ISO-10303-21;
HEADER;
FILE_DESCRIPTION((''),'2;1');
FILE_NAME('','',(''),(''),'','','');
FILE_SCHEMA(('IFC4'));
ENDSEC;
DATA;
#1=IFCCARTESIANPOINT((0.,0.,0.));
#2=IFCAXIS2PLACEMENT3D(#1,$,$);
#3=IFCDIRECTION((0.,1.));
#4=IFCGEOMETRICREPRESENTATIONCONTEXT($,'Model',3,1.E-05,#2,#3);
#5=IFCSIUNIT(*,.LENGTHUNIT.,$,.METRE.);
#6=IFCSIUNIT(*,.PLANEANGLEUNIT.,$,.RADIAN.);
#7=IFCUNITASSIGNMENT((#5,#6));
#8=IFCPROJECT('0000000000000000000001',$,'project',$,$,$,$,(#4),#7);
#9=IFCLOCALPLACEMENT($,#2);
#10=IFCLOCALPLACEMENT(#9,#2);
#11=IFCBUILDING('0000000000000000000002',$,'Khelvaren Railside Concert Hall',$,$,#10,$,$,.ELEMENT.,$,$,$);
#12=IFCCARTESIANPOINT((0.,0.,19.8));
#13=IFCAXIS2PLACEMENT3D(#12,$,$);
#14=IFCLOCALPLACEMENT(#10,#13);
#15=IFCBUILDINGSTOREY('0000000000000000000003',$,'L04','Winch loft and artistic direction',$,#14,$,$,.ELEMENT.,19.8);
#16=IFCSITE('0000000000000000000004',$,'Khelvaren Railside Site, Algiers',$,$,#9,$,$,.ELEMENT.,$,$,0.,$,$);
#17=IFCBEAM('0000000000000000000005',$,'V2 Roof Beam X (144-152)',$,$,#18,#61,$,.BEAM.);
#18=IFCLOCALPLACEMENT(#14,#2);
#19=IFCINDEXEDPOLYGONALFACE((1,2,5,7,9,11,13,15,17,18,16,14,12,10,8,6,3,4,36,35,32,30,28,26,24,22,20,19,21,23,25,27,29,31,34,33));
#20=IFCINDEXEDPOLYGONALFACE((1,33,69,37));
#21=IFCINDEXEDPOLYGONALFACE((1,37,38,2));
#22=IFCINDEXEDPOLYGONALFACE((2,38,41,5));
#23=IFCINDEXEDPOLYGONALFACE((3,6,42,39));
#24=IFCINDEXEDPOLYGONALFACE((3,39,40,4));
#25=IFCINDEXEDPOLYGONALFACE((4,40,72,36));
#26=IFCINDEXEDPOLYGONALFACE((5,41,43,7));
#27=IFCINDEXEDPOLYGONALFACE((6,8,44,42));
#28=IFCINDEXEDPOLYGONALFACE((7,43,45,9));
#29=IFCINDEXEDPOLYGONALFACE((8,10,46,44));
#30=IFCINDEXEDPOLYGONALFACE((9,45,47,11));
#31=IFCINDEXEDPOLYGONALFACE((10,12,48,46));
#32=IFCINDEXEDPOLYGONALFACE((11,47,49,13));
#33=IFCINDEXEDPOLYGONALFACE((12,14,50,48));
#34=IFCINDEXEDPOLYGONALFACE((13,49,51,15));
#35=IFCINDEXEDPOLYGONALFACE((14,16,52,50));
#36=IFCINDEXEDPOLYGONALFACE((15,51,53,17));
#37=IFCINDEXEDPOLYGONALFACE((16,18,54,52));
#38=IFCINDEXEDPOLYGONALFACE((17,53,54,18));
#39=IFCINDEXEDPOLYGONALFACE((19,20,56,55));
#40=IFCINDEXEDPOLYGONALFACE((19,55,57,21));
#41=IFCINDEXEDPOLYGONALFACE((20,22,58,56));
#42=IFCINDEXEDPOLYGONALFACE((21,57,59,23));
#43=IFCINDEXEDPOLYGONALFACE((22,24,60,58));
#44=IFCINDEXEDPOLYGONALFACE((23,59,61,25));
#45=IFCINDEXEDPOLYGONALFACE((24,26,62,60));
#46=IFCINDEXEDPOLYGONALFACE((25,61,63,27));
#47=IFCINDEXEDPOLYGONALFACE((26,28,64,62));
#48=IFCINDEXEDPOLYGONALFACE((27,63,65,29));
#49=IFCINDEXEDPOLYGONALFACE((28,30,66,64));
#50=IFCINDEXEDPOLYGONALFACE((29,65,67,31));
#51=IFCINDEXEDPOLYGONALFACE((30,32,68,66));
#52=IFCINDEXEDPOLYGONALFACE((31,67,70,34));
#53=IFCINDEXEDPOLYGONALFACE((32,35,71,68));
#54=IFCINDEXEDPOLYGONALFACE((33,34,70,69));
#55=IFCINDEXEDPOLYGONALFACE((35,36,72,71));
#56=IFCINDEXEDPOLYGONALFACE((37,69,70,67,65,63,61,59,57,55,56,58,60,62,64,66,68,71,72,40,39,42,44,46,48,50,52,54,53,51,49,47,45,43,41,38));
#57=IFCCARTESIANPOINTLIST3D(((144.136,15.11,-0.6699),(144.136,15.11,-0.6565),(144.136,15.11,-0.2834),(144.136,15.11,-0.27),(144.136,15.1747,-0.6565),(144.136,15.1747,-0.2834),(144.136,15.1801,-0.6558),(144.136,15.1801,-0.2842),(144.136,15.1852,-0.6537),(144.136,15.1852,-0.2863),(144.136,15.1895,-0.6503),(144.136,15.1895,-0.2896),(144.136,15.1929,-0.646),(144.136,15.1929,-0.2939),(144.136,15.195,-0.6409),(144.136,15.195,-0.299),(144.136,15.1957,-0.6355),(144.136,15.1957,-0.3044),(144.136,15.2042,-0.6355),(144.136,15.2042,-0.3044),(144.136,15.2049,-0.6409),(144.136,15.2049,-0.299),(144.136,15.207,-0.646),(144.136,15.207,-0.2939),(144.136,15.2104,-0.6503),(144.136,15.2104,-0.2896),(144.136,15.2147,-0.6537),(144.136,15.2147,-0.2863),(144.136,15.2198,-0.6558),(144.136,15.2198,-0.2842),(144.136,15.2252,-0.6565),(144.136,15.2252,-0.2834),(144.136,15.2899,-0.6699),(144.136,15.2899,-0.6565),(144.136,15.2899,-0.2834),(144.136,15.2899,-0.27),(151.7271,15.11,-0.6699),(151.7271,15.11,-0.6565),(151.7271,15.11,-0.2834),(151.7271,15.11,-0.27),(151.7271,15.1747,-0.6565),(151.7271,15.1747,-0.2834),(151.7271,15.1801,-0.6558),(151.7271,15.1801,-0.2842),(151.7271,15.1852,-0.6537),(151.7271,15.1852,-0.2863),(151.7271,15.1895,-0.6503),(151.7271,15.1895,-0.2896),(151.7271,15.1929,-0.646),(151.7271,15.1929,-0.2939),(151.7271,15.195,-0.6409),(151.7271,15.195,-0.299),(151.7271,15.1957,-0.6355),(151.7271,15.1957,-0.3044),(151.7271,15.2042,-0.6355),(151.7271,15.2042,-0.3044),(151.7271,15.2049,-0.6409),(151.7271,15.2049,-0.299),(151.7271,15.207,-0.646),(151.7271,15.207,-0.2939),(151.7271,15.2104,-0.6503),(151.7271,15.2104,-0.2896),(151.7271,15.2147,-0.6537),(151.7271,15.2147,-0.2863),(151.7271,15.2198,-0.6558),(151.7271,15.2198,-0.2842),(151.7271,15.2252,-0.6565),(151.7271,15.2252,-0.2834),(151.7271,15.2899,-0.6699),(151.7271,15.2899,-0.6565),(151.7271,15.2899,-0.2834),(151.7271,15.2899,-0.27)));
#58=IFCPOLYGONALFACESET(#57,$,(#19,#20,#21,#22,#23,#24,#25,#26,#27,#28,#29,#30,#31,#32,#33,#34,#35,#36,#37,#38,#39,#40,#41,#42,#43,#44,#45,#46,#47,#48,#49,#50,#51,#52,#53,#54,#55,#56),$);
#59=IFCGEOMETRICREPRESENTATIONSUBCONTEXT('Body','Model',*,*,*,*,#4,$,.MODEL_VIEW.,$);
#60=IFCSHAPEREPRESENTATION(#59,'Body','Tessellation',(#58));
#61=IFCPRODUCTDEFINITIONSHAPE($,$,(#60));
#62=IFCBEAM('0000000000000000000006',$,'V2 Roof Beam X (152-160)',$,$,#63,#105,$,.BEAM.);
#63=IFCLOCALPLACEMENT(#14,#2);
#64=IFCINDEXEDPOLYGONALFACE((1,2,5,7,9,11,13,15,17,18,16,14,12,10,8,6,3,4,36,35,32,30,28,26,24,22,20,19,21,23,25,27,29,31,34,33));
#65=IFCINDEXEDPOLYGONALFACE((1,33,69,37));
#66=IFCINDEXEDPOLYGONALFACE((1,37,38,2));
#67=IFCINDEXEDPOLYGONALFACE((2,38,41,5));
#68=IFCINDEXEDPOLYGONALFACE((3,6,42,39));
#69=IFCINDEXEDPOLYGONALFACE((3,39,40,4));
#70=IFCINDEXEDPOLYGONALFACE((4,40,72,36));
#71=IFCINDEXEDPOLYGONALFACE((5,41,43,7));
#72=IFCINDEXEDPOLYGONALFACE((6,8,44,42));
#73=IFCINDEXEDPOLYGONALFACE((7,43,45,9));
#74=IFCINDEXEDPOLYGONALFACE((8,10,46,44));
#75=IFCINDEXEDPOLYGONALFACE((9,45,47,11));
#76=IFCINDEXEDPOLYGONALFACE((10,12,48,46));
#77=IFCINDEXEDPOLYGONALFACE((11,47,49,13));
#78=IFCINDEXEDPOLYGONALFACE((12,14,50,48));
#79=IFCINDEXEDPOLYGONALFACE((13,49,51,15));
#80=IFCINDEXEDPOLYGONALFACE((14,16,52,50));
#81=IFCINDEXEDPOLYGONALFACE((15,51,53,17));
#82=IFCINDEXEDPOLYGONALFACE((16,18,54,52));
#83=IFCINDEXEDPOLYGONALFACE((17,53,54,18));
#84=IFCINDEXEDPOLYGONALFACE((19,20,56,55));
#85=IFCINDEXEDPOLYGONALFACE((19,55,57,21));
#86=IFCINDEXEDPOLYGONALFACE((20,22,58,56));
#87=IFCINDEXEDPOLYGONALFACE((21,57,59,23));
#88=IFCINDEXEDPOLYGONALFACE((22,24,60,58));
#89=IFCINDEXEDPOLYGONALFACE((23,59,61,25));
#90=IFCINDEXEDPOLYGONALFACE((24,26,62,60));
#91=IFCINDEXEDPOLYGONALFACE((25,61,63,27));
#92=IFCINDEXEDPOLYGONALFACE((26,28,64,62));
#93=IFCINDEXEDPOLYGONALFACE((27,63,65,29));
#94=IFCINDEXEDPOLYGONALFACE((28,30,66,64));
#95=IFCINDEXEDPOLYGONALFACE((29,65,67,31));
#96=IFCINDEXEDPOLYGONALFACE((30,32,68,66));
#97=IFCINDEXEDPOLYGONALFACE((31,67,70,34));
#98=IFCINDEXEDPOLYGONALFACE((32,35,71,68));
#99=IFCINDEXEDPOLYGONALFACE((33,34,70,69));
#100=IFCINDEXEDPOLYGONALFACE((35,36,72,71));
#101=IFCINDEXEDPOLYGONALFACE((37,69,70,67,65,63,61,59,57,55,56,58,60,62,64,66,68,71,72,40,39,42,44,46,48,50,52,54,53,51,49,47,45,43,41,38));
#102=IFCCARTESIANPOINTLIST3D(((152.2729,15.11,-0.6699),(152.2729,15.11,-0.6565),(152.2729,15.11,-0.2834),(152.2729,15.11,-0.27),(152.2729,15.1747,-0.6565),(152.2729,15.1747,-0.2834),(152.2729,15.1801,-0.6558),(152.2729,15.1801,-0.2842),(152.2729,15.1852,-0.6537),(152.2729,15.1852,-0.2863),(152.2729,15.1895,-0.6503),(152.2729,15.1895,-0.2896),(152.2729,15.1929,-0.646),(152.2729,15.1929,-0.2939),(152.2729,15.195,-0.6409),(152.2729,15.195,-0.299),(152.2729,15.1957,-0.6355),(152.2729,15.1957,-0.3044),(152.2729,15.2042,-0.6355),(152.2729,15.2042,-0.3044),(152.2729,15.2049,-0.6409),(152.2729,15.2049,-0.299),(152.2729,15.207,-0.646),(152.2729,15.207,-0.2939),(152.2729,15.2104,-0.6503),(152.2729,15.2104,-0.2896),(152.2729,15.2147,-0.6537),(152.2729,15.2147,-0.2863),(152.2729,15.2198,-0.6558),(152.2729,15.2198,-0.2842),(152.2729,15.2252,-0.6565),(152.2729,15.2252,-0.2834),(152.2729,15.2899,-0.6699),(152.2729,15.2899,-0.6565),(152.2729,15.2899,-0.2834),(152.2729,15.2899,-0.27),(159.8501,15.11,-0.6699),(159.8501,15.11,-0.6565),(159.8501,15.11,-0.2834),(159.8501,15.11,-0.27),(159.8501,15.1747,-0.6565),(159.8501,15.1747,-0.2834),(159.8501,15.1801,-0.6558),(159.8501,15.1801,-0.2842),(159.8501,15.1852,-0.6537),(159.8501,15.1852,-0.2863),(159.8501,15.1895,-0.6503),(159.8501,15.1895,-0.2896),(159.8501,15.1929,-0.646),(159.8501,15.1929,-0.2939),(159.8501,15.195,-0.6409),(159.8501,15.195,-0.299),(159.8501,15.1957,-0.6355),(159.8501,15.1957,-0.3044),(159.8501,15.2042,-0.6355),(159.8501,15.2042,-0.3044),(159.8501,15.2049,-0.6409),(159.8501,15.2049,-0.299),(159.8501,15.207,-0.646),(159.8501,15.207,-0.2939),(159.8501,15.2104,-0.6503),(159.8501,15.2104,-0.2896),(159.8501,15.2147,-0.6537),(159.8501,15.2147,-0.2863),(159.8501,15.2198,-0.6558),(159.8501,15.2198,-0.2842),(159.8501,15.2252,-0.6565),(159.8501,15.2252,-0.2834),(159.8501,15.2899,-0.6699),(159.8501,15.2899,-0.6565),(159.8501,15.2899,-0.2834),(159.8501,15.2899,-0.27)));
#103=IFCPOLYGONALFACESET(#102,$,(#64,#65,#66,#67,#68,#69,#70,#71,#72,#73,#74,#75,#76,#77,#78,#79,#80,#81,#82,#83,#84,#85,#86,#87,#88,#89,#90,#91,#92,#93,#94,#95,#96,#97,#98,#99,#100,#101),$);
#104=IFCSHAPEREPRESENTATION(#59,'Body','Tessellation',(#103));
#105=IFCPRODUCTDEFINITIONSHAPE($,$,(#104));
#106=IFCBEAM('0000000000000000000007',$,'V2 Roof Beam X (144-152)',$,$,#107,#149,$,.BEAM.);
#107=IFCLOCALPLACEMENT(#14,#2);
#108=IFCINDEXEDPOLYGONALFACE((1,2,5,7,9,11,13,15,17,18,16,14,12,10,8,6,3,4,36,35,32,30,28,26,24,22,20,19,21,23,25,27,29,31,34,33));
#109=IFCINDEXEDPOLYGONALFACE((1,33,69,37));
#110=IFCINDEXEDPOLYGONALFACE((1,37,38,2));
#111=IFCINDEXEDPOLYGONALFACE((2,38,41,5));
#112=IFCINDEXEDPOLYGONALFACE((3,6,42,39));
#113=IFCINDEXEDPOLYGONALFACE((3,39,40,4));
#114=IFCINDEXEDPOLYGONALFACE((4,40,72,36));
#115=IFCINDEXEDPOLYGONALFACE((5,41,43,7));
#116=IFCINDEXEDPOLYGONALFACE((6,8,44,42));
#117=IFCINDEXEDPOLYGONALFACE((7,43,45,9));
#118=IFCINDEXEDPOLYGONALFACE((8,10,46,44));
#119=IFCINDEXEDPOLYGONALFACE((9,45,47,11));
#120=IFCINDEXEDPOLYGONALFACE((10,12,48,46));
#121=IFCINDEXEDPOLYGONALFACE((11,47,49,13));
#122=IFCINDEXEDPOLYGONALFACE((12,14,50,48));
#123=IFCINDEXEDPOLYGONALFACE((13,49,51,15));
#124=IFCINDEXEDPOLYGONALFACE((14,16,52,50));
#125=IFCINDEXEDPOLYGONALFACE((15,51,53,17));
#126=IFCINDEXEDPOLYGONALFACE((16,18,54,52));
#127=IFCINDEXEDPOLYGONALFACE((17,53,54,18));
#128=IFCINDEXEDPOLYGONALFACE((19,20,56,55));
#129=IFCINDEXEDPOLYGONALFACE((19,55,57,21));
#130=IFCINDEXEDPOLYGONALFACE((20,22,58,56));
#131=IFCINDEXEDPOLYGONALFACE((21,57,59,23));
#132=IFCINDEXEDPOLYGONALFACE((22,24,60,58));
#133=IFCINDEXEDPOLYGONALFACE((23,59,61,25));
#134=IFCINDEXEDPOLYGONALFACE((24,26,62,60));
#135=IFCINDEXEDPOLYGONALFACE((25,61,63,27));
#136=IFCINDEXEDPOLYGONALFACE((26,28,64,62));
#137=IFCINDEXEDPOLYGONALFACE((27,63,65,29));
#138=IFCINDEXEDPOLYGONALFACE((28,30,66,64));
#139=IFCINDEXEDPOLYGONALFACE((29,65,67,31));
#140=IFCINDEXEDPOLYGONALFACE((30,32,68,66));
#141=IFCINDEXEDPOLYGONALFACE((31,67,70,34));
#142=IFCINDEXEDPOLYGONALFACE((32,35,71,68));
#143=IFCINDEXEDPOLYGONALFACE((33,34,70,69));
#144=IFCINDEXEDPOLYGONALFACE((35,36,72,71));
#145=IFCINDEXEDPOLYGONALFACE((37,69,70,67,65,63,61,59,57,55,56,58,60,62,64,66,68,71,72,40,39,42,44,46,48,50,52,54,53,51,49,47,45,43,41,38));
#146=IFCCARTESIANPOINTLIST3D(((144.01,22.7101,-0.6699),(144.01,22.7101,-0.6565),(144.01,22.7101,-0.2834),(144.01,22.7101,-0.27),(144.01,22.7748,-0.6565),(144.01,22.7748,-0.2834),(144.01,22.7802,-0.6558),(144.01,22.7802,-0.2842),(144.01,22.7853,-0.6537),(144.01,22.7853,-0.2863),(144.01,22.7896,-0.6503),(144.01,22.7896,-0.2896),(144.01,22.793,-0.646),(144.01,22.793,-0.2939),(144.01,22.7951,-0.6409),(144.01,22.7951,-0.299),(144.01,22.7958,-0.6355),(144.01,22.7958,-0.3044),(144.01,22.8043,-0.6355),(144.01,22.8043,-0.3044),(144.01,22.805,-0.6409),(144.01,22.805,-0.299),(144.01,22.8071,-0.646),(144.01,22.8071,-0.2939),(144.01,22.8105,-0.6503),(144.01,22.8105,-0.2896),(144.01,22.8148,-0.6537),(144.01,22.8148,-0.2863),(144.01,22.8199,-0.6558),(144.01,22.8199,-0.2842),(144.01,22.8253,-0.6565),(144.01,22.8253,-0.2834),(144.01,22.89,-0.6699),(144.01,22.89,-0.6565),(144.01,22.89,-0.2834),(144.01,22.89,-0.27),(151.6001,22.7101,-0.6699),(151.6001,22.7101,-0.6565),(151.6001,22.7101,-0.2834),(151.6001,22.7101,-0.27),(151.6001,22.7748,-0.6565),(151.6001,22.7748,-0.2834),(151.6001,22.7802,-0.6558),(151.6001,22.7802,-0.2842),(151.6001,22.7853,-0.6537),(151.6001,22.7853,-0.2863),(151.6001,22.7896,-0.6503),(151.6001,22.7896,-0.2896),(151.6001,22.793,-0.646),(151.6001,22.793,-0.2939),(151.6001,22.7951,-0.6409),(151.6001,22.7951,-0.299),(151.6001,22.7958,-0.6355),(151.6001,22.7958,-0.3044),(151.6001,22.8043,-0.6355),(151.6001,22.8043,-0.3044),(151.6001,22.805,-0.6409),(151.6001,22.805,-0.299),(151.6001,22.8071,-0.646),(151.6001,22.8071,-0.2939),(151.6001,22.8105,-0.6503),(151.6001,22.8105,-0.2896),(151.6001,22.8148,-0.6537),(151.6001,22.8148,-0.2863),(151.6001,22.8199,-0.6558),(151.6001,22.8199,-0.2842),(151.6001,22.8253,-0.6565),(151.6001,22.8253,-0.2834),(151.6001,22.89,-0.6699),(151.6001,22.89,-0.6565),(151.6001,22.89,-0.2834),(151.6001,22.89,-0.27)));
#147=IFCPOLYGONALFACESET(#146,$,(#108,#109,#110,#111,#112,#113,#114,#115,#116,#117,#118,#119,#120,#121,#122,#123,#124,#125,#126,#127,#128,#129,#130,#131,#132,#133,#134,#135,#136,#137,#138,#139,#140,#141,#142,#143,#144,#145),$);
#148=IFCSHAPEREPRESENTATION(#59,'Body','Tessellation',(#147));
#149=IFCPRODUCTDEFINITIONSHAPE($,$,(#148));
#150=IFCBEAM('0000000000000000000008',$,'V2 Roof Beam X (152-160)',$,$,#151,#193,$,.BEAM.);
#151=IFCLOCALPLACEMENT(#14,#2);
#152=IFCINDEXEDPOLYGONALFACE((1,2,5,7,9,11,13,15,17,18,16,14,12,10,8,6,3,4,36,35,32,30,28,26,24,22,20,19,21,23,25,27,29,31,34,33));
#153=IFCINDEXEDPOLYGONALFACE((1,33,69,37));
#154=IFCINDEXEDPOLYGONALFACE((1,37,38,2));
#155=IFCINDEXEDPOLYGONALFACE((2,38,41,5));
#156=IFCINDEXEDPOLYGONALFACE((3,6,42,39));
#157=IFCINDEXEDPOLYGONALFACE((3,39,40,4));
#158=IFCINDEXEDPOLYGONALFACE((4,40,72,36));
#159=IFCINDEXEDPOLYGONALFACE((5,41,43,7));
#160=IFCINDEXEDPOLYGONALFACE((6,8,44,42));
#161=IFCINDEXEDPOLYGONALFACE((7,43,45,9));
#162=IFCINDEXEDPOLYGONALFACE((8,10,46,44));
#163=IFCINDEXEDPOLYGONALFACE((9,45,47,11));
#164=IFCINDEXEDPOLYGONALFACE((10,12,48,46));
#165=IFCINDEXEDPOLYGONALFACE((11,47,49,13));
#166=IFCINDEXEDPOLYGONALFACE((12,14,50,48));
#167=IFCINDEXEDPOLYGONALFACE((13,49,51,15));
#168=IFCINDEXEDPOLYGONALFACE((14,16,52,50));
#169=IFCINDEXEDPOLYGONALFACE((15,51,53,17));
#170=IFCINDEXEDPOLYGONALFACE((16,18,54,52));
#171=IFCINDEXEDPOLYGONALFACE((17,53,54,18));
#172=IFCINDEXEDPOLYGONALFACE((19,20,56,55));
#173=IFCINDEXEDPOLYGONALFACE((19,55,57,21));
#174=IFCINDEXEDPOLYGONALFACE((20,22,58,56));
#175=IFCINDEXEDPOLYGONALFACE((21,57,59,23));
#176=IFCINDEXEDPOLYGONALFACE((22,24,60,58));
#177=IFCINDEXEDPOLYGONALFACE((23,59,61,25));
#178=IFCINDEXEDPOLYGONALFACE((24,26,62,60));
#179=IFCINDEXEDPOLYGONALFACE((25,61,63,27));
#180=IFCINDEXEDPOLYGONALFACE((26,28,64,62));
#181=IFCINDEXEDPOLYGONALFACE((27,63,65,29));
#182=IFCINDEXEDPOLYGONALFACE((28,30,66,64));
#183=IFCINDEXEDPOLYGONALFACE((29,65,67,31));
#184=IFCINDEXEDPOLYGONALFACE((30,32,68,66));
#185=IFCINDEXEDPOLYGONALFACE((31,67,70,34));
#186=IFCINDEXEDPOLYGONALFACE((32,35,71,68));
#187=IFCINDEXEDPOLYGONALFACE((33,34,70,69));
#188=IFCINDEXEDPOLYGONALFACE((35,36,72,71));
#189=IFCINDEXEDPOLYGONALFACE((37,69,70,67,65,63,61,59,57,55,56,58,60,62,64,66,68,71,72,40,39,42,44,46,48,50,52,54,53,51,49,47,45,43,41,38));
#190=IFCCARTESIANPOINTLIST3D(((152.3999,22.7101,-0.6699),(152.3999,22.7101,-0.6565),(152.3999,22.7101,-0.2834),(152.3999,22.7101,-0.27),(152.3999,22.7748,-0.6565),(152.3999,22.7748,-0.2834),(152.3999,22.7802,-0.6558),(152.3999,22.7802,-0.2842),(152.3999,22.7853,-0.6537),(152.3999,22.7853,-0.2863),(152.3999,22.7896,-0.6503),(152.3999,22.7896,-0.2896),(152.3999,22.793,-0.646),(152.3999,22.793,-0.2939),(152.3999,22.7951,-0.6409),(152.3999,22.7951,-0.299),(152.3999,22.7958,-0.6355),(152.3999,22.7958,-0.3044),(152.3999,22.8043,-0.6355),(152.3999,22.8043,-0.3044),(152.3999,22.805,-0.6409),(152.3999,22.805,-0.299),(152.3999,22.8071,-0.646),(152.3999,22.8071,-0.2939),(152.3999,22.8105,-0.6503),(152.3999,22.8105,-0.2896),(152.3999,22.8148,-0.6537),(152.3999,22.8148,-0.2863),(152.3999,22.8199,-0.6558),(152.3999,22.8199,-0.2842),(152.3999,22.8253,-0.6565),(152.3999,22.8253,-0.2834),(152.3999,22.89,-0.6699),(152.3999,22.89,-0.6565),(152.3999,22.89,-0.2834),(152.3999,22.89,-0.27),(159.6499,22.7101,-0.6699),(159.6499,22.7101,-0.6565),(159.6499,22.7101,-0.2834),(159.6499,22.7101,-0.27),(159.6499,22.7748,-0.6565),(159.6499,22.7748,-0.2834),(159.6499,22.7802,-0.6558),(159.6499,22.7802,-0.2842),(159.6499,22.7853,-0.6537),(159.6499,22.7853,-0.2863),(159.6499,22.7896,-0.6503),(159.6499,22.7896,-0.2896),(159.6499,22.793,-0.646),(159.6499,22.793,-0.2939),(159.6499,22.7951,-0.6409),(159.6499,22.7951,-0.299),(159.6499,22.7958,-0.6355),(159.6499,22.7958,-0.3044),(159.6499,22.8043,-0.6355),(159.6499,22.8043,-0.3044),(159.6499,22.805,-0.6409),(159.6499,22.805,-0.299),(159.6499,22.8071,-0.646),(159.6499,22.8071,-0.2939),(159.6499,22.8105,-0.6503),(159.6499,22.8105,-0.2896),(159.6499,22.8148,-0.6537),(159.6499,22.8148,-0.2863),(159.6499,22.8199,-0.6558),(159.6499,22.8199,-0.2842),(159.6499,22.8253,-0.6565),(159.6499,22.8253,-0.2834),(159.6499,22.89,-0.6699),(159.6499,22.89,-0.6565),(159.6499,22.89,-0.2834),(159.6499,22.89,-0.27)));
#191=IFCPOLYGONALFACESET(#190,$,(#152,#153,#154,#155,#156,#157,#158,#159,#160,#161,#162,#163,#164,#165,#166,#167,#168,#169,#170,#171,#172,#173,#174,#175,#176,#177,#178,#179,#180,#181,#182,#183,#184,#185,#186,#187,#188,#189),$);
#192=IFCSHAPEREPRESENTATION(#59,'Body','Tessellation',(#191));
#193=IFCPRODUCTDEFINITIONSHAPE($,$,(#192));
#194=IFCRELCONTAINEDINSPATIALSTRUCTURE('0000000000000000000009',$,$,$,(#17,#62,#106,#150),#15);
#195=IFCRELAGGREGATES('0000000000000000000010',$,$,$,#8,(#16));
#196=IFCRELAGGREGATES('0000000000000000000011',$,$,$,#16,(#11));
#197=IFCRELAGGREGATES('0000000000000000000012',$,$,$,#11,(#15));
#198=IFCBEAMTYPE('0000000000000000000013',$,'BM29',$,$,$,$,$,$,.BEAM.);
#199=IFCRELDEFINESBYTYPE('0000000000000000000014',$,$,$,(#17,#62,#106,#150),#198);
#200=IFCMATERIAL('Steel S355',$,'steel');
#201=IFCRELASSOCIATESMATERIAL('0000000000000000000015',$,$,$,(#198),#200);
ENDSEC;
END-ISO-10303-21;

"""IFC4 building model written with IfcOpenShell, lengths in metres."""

from ifc_helpers import new_model, si_unit, direction, frame, origin, origin_2d, place, context, subcontext, project, spatial, i_section, extrude, material, material_profile, profile_set, type_object, element, save


model = new_model("IFC4")

# Units and contexts
model_context = context("Model", 3, precision=1e-05, world=origin(), true_north=direction((0.0, 1.0)))
body_context = subcontext(model_context, "Body", "Model", "MODEL_VIEW")
ifc_project = project(units=[si_unit("LENGTHUNIT", "METRE"), si_unit("PLANEANGLEUNIT", "RADIAN")], contexts=[model_context])

# Site, building, storey
site_placement = place(None, origin())
site = spatial("IfcSite", under=ifc_project, at=site_placement, Name="Khelvaren Railside Site, Algiers", CompositionType="ELEMENT", RefElevation=0.0)
building_placement = place(site_placement, origin())
building = spatial("IfcBuilding", under=site, at=building_placement, Name="Khelvaren Railside Concert Hall", CompositionType="ELEMENT")
storey_placement = place(building_placement, frame((0.0, 0.0, 19.8)))
storey = spatial("IfcBuildingStorey", under=building, at=storey_placement, Name="L04", Description="Winch loft and artistic direction", CompositionType="ELEMENT", Elevation=19.8)

# Beams
ifc_material_1 = material(Name="Steel S355", Category="steel")
ifc_material_profile_1 = material_profile(ifc_material_1, i_section(OverallWidth=0.1799, OverallDepth=0.3999, WebThickness=0.0085, FlangeThickness=0.0134, FilletRadius=0.021, at=origin_2d()), Name="IPE 400")
ifc_profile_set_1 = profile_set([ifc_material_profile_1], Name="Steel S355")
beam_type_1 = type_object("IfcBeamType", Name="BM29", PredefinedType="BEAM", material=ifc_profile_set_1)
beam_1_placement = place(storey_placement, frame((144.136, 15.2, -0.47), z_axis=(1.0, 0.0, 0.0), x_axis=(0.0, 1.0, 0.0)))
element("IfcBeam", 1, at=beam_1_placement, inside=storey, type_object=beam_type_1, Name="V2 Roof Beam X (144-152)", PredefinedType="BEAM", context=body_context, shape_type="SweptSolid", body=[
    extrude(i_section(OverallWidth=0.1799, OverallDepth=0.3999, WebThickness=0.0085, FlangeThickness=0.0134, FilletRadius=0.021, at=origin_2d()), origin(), (0.0, 0.0, 1.0), 7.5911),
])
beam_2_placement = place(storey_placement, frame((152.2729, 15.2, -0.47), z_axis=(1.0, 0.0, 0.0), x_axis=(0.0, 1.0, 0.0)))
element("IfcBeam", 2, at=beam_2_placement, inside=storey, type_object=beam_type_1, Name="V2 Roof Beam X (152-160)", PredefinedType="BEAM", context=body_context, shape_type="SweptSolid", body=[
    extrude(i_section(OverallWidth=0.1799, OverallDepth=0.3999, WebThickness=0.0085, FlangeThickness=0.0134, FilletRadius=0.021, at=origin_2d()), origin(), (0.0, 0.0, 1.0), 7.5771),
])
beam_3_placement = place(storey_placement, frame((144.01, 22.8, -0.47), z_axis=(1.0, 0.0, 0.0), x_axis=(0.0, 1.0, 0.0)))
element("IfcBeam", 3, at=beam_3_placement, inside=storey, type_object=beam_type_1, Name="V2 Roof Beam X (144-152)", PredefinedType="BEAM", context=body_context, shape_type="SweptSolid", body=[
    extrude(i_section(OverallWidth=0.1799, OverallDepth=0.3999, WebThickness=0.0085, FlangeThickness=0.0134, FilletRadius=0.021, at=origin_2d()), origin(), (0.0, 0.0, 1.0), 7.5901),
])
beam_4_placement = place(storey_placement, frame((152.3999, 22.8, -0.47), z_axis=(1.0, 0.0, 0.0), x_axis=(0.0, 1.0, 0.0)))
element("IfcBeam", 4, at=beam_4_placement, inside=storey, type_object=beam_type_1, Name="V2 Roof Beam X (152-160)", PredefinedType="BEAM", context=body_context, shape_type="SweptSolid", body=[
    extrude(i_section(OverallWidth=0.1799, OverallDepth=0.3999, WebThickness=0.0085, FlangeThickness=0.0134, FilletRadius=0.021, at=origin_2d()), origin(), (0.0, 0.0, 1.0), 7.25),
])

save(model, "model.ifc")
